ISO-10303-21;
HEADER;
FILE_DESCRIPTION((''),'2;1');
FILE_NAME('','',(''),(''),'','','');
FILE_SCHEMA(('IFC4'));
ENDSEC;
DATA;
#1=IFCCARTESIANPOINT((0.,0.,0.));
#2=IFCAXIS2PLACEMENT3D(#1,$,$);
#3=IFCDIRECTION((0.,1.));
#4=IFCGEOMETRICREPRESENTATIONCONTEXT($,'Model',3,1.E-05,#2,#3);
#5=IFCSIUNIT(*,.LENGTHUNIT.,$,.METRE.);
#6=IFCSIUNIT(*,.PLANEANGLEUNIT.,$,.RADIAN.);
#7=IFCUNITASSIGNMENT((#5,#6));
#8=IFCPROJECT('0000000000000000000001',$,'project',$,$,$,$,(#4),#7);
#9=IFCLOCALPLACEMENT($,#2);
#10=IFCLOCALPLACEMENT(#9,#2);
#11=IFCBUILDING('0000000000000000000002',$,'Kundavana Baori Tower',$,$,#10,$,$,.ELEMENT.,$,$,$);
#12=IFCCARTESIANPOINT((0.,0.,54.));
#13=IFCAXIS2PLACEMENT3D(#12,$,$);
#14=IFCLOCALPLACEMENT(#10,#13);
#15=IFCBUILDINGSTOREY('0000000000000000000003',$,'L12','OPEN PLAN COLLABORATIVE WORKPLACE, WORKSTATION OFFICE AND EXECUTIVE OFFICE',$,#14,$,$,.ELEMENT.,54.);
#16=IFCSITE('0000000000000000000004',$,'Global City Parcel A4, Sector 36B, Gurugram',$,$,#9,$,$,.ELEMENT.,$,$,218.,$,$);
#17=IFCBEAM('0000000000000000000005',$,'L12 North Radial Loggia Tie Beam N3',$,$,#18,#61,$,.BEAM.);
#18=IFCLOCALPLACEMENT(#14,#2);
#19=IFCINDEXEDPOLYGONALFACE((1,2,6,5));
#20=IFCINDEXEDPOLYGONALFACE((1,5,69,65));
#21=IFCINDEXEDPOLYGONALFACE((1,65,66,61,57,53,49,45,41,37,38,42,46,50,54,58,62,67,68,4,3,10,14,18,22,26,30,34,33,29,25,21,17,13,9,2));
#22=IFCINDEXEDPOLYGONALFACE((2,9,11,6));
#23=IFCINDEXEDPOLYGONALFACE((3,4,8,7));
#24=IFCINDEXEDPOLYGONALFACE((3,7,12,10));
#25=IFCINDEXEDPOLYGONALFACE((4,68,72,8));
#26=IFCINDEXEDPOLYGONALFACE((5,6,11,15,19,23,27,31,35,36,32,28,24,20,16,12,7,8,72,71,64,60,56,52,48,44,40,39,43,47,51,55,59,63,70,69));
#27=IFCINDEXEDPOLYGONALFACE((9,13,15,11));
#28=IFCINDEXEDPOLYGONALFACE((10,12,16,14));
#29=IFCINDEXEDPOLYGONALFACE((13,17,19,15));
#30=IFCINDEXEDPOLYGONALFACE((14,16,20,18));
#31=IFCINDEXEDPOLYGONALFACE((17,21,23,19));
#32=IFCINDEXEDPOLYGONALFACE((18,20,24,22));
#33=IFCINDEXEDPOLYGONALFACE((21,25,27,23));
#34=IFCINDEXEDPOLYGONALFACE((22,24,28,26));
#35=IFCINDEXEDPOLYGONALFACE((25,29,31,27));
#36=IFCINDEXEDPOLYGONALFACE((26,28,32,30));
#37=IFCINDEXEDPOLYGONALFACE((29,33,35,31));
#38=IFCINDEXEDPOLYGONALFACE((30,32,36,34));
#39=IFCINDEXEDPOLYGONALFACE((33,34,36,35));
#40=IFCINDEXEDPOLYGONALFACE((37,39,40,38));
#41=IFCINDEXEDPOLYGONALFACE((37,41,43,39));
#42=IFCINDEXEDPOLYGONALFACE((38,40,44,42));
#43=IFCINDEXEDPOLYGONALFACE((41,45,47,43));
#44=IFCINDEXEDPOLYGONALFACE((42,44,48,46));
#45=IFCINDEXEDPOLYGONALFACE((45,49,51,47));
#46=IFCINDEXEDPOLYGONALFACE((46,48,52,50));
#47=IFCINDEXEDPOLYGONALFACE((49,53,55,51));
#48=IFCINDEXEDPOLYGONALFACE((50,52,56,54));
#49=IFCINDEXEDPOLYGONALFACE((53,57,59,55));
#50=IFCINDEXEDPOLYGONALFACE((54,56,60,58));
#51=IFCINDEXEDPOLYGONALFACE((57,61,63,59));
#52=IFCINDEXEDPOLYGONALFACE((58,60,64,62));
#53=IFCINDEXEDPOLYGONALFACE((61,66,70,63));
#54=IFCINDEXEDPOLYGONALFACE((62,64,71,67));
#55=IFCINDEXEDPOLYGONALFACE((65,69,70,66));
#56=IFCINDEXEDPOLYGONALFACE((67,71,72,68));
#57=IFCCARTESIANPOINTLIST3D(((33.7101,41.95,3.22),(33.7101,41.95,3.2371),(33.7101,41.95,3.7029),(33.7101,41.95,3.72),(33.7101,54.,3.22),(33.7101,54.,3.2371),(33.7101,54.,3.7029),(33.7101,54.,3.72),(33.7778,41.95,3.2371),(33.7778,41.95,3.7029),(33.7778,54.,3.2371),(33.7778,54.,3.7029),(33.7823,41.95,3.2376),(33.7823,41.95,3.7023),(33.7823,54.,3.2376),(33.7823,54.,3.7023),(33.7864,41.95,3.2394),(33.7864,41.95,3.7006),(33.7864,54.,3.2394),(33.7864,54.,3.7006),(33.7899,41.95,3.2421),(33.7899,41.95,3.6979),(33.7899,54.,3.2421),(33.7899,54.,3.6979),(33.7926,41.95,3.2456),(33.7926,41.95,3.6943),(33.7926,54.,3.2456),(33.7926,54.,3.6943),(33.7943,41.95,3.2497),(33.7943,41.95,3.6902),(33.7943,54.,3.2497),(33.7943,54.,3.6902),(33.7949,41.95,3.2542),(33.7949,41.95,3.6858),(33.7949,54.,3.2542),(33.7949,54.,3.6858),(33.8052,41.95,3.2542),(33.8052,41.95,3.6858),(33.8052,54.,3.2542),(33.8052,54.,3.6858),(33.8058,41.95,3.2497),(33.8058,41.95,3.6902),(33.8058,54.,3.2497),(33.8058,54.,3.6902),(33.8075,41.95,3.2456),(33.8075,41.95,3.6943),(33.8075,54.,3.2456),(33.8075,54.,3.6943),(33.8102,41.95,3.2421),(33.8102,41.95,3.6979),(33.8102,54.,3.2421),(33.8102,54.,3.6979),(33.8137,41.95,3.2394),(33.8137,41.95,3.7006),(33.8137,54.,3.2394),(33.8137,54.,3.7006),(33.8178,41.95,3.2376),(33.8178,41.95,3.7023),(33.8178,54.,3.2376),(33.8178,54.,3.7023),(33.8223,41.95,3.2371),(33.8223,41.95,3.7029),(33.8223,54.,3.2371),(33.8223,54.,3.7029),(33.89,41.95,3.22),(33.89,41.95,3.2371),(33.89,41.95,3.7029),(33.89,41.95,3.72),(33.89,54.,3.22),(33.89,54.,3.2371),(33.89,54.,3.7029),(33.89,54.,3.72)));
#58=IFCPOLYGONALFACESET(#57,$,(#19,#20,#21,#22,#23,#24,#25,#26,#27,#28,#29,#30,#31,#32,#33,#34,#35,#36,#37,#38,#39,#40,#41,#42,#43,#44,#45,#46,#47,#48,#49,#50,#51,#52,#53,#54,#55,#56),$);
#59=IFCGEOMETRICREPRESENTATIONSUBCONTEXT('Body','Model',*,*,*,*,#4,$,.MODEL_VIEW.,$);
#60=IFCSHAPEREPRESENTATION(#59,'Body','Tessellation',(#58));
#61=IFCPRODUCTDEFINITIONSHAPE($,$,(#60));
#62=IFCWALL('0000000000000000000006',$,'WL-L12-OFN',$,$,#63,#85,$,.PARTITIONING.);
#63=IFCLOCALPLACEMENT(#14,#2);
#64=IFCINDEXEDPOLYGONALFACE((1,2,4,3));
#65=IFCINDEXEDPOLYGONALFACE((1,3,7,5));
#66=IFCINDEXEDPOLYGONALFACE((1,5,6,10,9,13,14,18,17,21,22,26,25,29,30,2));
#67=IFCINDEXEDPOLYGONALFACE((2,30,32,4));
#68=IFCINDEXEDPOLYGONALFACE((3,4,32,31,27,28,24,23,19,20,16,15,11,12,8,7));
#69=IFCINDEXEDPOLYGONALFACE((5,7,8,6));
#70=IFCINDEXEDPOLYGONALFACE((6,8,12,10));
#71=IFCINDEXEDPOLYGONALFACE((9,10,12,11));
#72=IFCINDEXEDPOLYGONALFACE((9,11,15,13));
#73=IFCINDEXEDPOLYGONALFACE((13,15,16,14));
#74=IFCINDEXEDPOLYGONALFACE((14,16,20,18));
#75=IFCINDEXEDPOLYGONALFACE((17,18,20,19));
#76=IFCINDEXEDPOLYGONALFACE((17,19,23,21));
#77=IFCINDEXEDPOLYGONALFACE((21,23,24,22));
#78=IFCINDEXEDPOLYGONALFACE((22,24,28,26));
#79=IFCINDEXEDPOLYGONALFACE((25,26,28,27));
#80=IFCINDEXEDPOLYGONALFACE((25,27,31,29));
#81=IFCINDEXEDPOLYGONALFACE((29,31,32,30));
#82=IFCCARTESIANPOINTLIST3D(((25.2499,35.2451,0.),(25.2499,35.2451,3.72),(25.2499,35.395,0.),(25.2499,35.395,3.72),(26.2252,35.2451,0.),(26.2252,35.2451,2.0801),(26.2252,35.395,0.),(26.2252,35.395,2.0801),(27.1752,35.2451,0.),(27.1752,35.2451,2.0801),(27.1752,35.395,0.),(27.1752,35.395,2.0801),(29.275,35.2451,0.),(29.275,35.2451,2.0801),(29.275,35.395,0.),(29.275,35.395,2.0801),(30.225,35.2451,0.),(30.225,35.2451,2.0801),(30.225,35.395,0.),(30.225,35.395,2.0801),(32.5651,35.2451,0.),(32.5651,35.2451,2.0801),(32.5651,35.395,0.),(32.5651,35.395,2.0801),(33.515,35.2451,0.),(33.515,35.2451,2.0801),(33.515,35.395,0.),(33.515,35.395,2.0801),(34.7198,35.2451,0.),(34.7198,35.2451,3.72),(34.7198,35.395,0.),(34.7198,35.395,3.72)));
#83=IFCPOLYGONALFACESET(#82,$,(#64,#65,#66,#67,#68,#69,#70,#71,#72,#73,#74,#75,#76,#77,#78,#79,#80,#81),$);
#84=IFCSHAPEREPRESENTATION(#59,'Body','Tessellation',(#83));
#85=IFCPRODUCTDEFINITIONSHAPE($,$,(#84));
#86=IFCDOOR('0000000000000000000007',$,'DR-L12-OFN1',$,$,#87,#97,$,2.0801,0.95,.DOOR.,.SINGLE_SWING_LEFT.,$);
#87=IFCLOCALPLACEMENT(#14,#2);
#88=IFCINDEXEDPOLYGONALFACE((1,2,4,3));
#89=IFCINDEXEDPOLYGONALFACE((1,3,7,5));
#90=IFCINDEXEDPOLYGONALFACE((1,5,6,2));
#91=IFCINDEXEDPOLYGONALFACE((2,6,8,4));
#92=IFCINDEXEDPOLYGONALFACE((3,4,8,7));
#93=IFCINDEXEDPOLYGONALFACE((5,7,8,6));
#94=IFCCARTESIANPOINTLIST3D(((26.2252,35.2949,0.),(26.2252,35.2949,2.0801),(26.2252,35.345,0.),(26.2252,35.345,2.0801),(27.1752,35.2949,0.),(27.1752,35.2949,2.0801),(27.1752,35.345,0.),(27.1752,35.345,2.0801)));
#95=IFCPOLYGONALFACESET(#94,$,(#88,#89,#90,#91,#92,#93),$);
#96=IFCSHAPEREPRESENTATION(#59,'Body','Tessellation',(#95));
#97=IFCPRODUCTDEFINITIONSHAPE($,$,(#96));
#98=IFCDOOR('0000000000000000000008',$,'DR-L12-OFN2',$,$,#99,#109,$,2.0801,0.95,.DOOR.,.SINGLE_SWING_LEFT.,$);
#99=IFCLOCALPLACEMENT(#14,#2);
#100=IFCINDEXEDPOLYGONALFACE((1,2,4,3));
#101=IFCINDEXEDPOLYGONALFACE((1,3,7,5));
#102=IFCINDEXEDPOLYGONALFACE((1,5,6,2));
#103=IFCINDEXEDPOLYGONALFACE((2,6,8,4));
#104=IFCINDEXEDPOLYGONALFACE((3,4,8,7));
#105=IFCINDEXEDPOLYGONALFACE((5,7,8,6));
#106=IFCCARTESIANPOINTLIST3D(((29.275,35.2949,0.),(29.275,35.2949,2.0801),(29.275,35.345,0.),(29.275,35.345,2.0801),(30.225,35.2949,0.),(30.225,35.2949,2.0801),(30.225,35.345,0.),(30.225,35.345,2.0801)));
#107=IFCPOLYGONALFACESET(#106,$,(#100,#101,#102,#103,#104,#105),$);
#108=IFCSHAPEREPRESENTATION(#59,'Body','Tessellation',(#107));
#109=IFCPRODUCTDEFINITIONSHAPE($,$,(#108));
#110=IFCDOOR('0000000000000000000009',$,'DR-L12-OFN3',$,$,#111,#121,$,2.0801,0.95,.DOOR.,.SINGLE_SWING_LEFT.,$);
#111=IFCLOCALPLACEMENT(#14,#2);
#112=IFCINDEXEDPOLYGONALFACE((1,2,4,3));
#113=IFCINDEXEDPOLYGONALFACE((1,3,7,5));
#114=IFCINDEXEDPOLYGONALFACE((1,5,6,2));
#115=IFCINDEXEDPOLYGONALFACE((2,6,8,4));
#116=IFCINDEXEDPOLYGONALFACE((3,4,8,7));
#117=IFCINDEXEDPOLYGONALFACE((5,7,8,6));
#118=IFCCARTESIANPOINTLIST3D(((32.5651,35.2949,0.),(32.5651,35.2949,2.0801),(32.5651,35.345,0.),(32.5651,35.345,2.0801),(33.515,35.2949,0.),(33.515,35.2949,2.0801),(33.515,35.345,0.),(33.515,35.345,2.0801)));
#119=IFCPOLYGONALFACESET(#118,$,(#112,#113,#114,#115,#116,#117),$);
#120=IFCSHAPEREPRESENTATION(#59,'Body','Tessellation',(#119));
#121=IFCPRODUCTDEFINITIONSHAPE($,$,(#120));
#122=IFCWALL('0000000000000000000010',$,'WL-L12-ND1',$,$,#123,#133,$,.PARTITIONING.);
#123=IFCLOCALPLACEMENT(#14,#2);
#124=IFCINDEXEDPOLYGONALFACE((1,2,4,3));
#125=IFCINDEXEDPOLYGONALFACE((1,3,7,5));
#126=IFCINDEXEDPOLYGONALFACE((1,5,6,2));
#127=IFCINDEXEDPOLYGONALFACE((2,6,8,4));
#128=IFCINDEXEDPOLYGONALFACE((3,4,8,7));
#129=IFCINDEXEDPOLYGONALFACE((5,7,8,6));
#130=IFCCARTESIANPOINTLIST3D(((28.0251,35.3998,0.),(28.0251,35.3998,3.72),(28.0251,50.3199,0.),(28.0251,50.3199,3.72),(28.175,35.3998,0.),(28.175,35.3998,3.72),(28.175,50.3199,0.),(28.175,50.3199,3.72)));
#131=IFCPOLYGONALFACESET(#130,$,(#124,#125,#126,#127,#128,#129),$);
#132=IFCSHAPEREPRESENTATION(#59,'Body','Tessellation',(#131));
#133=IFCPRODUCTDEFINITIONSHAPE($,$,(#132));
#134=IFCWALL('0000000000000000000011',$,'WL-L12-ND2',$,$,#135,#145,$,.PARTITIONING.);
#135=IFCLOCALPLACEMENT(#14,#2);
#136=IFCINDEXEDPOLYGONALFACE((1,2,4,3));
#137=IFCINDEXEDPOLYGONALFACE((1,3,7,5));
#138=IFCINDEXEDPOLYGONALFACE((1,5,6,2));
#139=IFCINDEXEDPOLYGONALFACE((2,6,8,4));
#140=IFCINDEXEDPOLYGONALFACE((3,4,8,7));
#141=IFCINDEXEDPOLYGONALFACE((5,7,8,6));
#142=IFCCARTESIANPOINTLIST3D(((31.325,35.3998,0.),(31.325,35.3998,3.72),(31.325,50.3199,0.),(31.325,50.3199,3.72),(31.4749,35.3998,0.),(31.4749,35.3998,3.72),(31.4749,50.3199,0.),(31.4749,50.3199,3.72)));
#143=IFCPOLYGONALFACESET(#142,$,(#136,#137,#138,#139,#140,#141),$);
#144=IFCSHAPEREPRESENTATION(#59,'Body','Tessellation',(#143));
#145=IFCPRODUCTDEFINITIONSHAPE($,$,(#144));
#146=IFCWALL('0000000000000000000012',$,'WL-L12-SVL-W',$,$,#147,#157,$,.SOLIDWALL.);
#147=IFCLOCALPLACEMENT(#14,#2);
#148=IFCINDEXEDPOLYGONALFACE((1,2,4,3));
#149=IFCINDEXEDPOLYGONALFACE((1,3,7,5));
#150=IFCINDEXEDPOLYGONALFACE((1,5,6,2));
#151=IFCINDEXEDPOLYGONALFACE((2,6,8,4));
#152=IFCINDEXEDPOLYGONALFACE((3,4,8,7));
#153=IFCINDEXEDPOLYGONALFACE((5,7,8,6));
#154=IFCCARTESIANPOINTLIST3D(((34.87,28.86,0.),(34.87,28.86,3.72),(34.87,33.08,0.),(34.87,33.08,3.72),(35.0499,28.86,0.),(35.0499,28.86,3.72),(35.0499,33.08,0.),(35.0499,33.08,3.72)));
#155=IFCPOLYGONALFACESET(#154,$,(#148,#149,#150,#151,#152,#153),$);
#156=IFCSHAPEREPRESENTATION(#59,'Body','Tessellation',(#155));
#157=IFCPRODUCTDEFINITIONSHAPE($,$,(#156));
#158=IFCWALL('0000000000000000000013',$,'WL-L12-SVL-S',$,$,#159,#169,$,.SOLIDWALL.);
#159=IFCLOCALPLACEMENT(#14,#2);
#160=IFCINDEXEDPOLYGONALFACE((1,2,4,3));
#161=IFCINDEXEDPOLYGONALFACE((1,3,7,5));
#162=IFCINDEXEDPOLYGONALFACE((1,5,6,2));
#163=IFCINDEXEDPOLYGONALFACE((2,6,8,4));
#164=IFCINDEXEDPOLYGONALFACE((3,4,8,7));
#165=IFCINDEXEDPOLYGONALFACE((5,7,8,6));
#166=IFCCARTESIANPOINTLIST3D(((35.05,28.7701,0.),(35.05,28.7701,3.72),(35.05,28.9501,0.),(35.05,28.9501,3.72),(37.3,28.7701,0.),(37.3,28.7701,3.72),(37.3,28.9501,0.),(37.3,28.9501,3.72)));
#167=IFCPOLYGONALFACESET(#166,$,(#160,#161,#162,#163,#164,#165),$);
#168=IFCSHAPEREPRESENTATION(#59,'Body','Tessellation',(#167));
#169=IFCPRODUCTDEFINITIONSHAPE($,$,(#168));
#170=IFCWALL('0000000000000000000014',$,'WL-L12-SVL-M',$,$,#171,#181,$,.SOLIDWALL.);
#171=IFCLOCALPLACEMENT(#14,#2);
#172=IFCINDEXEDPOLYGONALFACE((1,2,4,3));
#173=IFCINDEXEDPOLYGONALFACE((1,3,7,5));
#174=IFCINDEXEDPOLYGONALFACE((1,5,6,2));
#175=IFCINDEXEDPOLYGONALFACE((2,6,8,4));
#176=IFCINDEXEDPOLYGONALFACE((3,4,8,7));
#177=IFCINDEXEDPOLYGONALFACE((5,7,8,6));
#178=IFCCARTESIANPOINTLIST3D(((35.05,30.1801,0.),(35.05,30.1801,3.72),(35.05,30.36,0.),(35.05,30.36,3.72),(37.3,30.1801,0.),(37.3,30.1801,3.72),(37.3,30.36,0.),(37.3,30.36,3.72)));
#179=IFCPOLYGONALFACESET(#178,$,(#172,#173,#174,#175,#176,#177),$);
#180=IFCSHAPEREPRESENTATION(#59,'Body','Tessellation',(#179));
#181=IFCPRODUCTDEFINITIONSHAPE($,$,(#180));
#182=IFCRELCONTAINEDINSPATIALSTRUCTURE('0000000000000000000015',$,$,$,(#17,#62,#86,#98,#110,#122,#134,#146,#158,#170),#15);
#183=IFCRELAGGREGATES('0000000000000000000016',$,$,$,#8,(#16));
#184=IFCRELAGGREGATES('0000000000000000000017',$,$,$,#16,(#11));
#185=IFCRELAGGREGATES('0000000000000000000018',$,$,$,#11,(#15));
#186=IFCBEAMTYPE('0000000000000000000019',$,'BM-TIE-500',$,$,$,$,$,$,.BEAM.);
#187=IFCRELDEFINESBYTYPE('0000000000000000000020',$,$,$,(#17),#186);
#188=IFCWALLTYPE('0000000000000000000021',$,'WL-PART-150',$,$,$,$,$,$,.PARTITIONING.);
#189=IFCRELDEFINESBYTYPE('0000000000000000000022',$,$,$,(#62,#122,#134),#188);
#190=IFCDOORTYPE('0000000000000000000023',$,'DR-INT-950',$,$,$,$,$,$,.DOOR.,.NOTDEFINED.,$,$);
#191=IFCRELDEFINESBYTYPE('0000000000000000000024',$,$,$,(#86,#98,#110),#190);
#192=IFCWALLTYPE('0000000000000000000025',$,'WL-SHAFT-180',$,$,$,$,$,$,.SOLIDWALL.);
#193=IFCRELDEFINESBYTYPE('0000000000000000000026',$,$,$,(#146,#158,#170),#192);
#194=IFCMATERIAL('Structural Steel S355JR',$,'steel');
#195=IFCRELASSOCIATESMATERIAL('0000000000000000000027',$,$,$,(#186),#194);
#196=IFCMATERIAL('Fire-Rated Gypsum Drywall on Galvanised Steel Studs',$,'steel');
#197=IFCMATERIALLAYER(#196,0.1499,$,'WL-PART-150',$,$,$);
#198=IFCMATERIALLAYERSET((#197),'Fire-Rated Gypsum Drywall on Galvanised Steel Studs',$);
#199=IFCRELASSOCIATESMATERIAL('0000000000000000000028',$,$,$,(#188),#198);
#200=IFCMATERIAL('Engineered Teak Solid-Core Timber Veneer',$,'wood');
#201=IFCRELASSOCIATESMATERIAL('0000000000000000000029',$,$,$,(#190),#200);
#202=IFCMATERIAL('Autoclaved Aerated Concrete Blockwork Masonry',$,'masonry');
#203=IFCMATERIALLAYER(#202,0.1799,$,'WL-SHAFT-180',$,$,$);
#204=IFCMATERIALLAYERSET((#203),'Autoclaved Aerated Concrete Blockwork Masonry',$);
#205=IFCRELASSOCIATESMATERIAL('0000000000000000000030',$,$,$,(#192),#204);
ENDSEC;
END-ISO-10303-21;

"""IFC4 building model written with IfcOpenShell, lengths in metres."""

from ifc_helpers import new_model, si_unit, direction, frame, frame_2d, origin, origin_2d, place, context, subcontext, project, spatial, rectangle, i_section, extrude, material, layer, layer_set, material_profile, profile_set, type_object, element, fill, save


model = new_model("IFC4")

# Units and contexts
model_context = context("Model", 3, precision=1e-05, world=origin(), true_north=direction((0.0, 1.0)))
body_context = subcontext(model_context, "Body", "Model", "MODEL_VIEW")
ifc_project = project(units=[si_unit("LENGTHUNIT", "METRE"), si_unit("PLANEANGLEUNIT", "RADIAN")], contexts=[model_context])

# Site, building, storey
site_placement = place(None, origin())
site = spatial("IfcSite", under=ifc_project, at=site_placement, Name="Global City Parcel A4, Sector 36B, Gurugram", CompositionType="ELEMENT", RefElevation=218.0)
building_placement = place(site_placement, origin())
building = spatial("IfcBuilding", under=site, at=building_placement, Name="Kundavana Baori Tower", CompositionType="ELEMENT")
storey_placement = place(building_placement, frame((0.0, 0.0, 54.0)))
storey = spatial("IfcBuildingStorey", under=building, at=storey_placement, Name="L12", Description="OPEN PLAN COLLABORATIVE WORKPLACE, WORKSTATION OFFICE AND EXECUTIVE OFFICE", CompositionType="ELEMENT", Elevation=54.0)

# Beam
ifc_material_1 = material(Name="Structural Steel S355JR", Category="steel")
ifc_material_profile_1 = material_profile(ifc_material_1, i_section(OverallWidth=0.1799, OverallDepth=0.5, WebThickness=0.0103, FlangeThickness=0.0171, FilletRadius=0.0171, at=origin_2d()), Name="ISMB 500")
ifc_profile_set_1 = profile_set([ifc_material_profile_1], Name="Structural Steel S355JR")
beam_type_1 = type_object("IfcBeamType", Name="BM-TIE-500", PredefinedType="BEAM", material=ifc_profile_set_1)
for number, where, z_axis, x_axis, name in (
    (1, (33.8, 41.95, 3.47), (0.0, 1.0, 0.0), (-1.0, 0.0, 0.0), "L12 North Radial Loggia Tie Beam N3"),
):
    element("IfcBeam", number, at=place(storey_placement, frame(where, z_axis=z_axis, x_axis=x_axis)), inside=storey, type_object=beam_type_1, Name=name, PredefinedType="BEAM", context=body_context, shape_type="SweptSolid", body=[
        extrude(i_section(OverallWidth=0.1799, OverallDepth=0.5, WebThickness=0.0103, FlangeThickness=0.0171, FilletRadius=0.0171, at=origin_2d()), origin(), (0.0, 0.0, 1.0), 12.05),
    ])

# Wall, openings, doors
ifc_material_2 = material(Name="Fire-Rated Gypsum Drywall on Galvanised Steel Studs", Category="steel")
ifc_layer_1 = layer(ifc_material_2, 0.1499, Name="WL-PART-150")
ifc_layer_set_1 = layer_set([ifc_layer_1], Name="Fire-Rated Gypsum Drywall on Galvanised Steel Studs")
wall_type_1 = type_object("IfcWallType", Name="WL-PART-150", PredefinedType="PARTITIONING", material=ifc_layer_set_1)
wall_1_placement = place(storey_placement, frame((25.25, 35.3201, 0.0), z_axis=(0.0, 0.0, 1.0), x_axis=(1.0, 0.0, 0.0)))
wall_1 = element("IfcWall", 2, at=wall_1_placement, inside=storey, type_object=wall_type_1, Name="WL-L12-OFN", PredefinedType="PARTITIONING", context=body_context, shape_type="SweptSolid", body=[
    extrude(rectangle(XDim=9.47, YDim=0.1499, at=frame_2d((4.7349, 0.0))), origin(), (0.0, 0.0, 1.0), 3.72),
])
opening_1_placement = place(wall_1_placement, frame((0.9751, 0.0, 0.0)))
opening_1 = element("IfcOpeningElement", 3, at=opening_1_placement, cuts=wall_1, PredefinedType="OPENING", context=body_context, shape_type="SweptSolid", body=[
    extrude(rectangle(XDim=0.95, YDim=2.0801, at=frame_2d((0.4751, 1.04))), frame((0.0, 0.085, 0.0), z_axis=(0.0, -1.0, 0.0), x_axis=(1.0, 0.0, 0.0)), (0.0, 0.0, 1.0), 0.1699),
])
opening_2_placement = place(wall_1_placement, frame((4.0249, 0.0, 0.0)))
opening_2 = element("IfcOpeningElement", 4, at=opening_2_placement, cuts=wall_1, PredefinedType="OPENING", context=body_context, shape_type="SweptSolid", body=[
    extrude(rectangle(XDim=0.95, YDim=2.0801, at=frame_2d((0.4751, 1.04))), frame((0.0, 0.085, 0.0), z_axis=(0.0, -1.0, 0.0), x_axis=(1.0, 0.0, 0.0)), (0.0, 0.0, 1.0), 0.1699),
])
opening_3_placement = place(wall_1_placement, frame((7.3149, 0.0, 0.0)))
opening_3 = element("IfcOpeningElement", 5, at=opening_3_placement, cuts=wall_1, PredefinedType="OPENING", context=body_context, shape_type="SweptSolid", body=[
    extrude(rectangle(XDim=0.95, YDim=2.0801, at=frame_2d((0.4751, 1.04))), frame((0.0, 0.085, 0.0), z_axis=(0.0, -1.0, 0.0), x_axis=(1.0, 0.0, 0.0)), (0.0, 0.0, 1.0), 0.1699),
])
ifc_material_3 = material(Name="Engineered Teak Solid-Core Timber Veneer", Category="wood")
door_type_1 = type_object("IfcDoorType", Name="DR-INT-950", OperationType="NOTDEFINED", PredefinedType="DOOR", material=ifc_material_3)
door_1_placement = place(opening_1_placement, origin())
door_1 = element("IfcDoor", 6, at=door_1_placement, inside=storey, type_object=door_type_1, Name="DR-L12-OFN1", OperationType="SINGLE_SWING_LEFT", OverallHeight=2.0801, OverallWidth=0.95, PredefinedType="DOOR", context=body_context, shape_type="SweptSolid", body=[
    extrude(rectangle(XDim=0.95, YDim=2.0801, at=frame_2d((0.4751, 1.04))), frame((0.0, 0.0249, 0.0), z_axis=(0.0, -1.0, 0.0), x_axis=(1.0, 0.0, 0.0)), (0.0, 0.0, 1.0), 0.05),
])
fill(opening_1, door_1)
door_2_placement = place(opening_2_placement, origin())
door_2 = element("IfcDoor", 7, at=door_2_placement, inside=storey, type_object=door_type_1, Name="DR-L12-OFN2", OperationType="SINGLE_SWING_LEFT", OverallHeight=2.0801, OverallWidth=0.95, PredefinedType="DOOR", context=body_context, shape_type="SweptSolid", body=[
    extrude(rectangle(XDim=0.95, YDim=2.0801, at=frame_2d((0.4751, 1.04))), frame((0.0, 0.0249, 0.0), z_axis=(0.0, -1.0, 0.0), x_axis=(1.0, 0.0, 0.0)), (0.0, 0.0, 1.0), 0.05),
])
fill(opening_2, door_2)
door_3_placement = place(opening_3_placement, origin())
door_3 = element("IfcDoor", 8, at=door_3_placement, inside=storey, type_object=door_type_1, Name="DR-L12-OFN3", OperationType="SINGLE_SWING_LEFT", OverallHeight=2.0801, OverallWidth=0.95, PredefinedType="DOOR", context=body_context, shape_type="SweptSolid", body=[
    extrude(rectangle(XDim=0.95, YDim=2.0801, at=frame_2d((0.4751, 1.04))), frame((0.0, 0.0249, 0.0), z_axis=(0.0, -1.0, 0.0), x_axis=(1.0, 0.0, 0.0)), (0.0, 0.0, 1.0), 0.05),
])
fill(opening_3, door_3)

# Walls
for number, where, z_axis, x_axis, name in (
    (9, (28.1001, 35.3999, 0.0), (0.0, 0.0, 1.0), (0.0, 1.0, 0.0), "WL-L12-ND1"),
    (10, (31.3999, 35.3999, 0.0), (0.0, 0.0, 1.0), (0.0, 1.0, 0.0), "WL-L12-ND2"),
):
    element("IfcWall", number, at=place(storey_placement, frame(where, z_axis=z_axis, x_axis=x_axis)), inside=storey, type_object=wall_type_1, Name=name, PredefinedType="PARTITIONING", context=body_context, shape_type="SweptSolid", body=[
        extrude(rectangle(XDim=14.9202, YDim=0.1499, at=frame_2d((7.46, 0.0))), origin(), (0.0, 0.0, 1.0), 3.72),
    ])
ifc_material_4 = material(Name="Autoclaved Aerated Concrete Blockwork Masonry", Category="masonry")
ifc_layer_2 = layer(ifc_material_4, 0.1799, Name="WL-SHAFT-180")
ifc_layer_set_2 = layer_set([ifc_layer_2], Name="Autoclaved Aerated Concrete Blockwork Masonry")
wall_type_2 = type_object("IfcWallType", Name="WL-SHAFT-180", PredefinedType="SOLIDWALL", material=ifc_layer_set_2)
wall_2_placement = place(storey_placement, frame((34.96, 28.8601, 0.0), z_axis=(0.0, 0.0, 1.0), x_axis=(0.0, 1.0, 0.0)))
element("IfcWall", 11, at=wall_2_placement, inside=storey, type_object=wall_type_2, Name="WL-L12-SVL-W", PredefinedType="SOLIDWALL", context=body_context, shape_type="SweptSolid", body=[
    extrude(rectangle(XDim=4.22, YDim=0.1799, at=frame_2d((2.1099, 0.0))), origin(), (0.0, 0.0, 1.0), 3.72),
])
for number, where, z_axis, x_axis, name in (
    (12, (35.05, 28.8601, 0.0), (0.0, 0.0, 1.0), (1.0, 0.0, 0.0), "WL-L12-SVL-S"),
    (13, (35.05, 30.27, 0.0), (0.0, 0.0, 1.0), (1.0, 0.0, 0.0), "WL-L12-SVL-M"),
):
    element("IfcWall", number, at=place(storey_placement, frame(where, z_axis=z_axis, x_axis=x_axis)), inside=storey, type_object=wall_type_2, Name=name, PredefinedType="SOLIDWALL", context=body_context, shape_type="SweptSolid", body=[
        extrude(rectangle(XDim=2.25, YDim=0.1799, at=frame_2d((1.125, 0.0))), origin(), (0.0, 0.0, 1.0), 3.72),
    ])

save(model, "model.ifc")
